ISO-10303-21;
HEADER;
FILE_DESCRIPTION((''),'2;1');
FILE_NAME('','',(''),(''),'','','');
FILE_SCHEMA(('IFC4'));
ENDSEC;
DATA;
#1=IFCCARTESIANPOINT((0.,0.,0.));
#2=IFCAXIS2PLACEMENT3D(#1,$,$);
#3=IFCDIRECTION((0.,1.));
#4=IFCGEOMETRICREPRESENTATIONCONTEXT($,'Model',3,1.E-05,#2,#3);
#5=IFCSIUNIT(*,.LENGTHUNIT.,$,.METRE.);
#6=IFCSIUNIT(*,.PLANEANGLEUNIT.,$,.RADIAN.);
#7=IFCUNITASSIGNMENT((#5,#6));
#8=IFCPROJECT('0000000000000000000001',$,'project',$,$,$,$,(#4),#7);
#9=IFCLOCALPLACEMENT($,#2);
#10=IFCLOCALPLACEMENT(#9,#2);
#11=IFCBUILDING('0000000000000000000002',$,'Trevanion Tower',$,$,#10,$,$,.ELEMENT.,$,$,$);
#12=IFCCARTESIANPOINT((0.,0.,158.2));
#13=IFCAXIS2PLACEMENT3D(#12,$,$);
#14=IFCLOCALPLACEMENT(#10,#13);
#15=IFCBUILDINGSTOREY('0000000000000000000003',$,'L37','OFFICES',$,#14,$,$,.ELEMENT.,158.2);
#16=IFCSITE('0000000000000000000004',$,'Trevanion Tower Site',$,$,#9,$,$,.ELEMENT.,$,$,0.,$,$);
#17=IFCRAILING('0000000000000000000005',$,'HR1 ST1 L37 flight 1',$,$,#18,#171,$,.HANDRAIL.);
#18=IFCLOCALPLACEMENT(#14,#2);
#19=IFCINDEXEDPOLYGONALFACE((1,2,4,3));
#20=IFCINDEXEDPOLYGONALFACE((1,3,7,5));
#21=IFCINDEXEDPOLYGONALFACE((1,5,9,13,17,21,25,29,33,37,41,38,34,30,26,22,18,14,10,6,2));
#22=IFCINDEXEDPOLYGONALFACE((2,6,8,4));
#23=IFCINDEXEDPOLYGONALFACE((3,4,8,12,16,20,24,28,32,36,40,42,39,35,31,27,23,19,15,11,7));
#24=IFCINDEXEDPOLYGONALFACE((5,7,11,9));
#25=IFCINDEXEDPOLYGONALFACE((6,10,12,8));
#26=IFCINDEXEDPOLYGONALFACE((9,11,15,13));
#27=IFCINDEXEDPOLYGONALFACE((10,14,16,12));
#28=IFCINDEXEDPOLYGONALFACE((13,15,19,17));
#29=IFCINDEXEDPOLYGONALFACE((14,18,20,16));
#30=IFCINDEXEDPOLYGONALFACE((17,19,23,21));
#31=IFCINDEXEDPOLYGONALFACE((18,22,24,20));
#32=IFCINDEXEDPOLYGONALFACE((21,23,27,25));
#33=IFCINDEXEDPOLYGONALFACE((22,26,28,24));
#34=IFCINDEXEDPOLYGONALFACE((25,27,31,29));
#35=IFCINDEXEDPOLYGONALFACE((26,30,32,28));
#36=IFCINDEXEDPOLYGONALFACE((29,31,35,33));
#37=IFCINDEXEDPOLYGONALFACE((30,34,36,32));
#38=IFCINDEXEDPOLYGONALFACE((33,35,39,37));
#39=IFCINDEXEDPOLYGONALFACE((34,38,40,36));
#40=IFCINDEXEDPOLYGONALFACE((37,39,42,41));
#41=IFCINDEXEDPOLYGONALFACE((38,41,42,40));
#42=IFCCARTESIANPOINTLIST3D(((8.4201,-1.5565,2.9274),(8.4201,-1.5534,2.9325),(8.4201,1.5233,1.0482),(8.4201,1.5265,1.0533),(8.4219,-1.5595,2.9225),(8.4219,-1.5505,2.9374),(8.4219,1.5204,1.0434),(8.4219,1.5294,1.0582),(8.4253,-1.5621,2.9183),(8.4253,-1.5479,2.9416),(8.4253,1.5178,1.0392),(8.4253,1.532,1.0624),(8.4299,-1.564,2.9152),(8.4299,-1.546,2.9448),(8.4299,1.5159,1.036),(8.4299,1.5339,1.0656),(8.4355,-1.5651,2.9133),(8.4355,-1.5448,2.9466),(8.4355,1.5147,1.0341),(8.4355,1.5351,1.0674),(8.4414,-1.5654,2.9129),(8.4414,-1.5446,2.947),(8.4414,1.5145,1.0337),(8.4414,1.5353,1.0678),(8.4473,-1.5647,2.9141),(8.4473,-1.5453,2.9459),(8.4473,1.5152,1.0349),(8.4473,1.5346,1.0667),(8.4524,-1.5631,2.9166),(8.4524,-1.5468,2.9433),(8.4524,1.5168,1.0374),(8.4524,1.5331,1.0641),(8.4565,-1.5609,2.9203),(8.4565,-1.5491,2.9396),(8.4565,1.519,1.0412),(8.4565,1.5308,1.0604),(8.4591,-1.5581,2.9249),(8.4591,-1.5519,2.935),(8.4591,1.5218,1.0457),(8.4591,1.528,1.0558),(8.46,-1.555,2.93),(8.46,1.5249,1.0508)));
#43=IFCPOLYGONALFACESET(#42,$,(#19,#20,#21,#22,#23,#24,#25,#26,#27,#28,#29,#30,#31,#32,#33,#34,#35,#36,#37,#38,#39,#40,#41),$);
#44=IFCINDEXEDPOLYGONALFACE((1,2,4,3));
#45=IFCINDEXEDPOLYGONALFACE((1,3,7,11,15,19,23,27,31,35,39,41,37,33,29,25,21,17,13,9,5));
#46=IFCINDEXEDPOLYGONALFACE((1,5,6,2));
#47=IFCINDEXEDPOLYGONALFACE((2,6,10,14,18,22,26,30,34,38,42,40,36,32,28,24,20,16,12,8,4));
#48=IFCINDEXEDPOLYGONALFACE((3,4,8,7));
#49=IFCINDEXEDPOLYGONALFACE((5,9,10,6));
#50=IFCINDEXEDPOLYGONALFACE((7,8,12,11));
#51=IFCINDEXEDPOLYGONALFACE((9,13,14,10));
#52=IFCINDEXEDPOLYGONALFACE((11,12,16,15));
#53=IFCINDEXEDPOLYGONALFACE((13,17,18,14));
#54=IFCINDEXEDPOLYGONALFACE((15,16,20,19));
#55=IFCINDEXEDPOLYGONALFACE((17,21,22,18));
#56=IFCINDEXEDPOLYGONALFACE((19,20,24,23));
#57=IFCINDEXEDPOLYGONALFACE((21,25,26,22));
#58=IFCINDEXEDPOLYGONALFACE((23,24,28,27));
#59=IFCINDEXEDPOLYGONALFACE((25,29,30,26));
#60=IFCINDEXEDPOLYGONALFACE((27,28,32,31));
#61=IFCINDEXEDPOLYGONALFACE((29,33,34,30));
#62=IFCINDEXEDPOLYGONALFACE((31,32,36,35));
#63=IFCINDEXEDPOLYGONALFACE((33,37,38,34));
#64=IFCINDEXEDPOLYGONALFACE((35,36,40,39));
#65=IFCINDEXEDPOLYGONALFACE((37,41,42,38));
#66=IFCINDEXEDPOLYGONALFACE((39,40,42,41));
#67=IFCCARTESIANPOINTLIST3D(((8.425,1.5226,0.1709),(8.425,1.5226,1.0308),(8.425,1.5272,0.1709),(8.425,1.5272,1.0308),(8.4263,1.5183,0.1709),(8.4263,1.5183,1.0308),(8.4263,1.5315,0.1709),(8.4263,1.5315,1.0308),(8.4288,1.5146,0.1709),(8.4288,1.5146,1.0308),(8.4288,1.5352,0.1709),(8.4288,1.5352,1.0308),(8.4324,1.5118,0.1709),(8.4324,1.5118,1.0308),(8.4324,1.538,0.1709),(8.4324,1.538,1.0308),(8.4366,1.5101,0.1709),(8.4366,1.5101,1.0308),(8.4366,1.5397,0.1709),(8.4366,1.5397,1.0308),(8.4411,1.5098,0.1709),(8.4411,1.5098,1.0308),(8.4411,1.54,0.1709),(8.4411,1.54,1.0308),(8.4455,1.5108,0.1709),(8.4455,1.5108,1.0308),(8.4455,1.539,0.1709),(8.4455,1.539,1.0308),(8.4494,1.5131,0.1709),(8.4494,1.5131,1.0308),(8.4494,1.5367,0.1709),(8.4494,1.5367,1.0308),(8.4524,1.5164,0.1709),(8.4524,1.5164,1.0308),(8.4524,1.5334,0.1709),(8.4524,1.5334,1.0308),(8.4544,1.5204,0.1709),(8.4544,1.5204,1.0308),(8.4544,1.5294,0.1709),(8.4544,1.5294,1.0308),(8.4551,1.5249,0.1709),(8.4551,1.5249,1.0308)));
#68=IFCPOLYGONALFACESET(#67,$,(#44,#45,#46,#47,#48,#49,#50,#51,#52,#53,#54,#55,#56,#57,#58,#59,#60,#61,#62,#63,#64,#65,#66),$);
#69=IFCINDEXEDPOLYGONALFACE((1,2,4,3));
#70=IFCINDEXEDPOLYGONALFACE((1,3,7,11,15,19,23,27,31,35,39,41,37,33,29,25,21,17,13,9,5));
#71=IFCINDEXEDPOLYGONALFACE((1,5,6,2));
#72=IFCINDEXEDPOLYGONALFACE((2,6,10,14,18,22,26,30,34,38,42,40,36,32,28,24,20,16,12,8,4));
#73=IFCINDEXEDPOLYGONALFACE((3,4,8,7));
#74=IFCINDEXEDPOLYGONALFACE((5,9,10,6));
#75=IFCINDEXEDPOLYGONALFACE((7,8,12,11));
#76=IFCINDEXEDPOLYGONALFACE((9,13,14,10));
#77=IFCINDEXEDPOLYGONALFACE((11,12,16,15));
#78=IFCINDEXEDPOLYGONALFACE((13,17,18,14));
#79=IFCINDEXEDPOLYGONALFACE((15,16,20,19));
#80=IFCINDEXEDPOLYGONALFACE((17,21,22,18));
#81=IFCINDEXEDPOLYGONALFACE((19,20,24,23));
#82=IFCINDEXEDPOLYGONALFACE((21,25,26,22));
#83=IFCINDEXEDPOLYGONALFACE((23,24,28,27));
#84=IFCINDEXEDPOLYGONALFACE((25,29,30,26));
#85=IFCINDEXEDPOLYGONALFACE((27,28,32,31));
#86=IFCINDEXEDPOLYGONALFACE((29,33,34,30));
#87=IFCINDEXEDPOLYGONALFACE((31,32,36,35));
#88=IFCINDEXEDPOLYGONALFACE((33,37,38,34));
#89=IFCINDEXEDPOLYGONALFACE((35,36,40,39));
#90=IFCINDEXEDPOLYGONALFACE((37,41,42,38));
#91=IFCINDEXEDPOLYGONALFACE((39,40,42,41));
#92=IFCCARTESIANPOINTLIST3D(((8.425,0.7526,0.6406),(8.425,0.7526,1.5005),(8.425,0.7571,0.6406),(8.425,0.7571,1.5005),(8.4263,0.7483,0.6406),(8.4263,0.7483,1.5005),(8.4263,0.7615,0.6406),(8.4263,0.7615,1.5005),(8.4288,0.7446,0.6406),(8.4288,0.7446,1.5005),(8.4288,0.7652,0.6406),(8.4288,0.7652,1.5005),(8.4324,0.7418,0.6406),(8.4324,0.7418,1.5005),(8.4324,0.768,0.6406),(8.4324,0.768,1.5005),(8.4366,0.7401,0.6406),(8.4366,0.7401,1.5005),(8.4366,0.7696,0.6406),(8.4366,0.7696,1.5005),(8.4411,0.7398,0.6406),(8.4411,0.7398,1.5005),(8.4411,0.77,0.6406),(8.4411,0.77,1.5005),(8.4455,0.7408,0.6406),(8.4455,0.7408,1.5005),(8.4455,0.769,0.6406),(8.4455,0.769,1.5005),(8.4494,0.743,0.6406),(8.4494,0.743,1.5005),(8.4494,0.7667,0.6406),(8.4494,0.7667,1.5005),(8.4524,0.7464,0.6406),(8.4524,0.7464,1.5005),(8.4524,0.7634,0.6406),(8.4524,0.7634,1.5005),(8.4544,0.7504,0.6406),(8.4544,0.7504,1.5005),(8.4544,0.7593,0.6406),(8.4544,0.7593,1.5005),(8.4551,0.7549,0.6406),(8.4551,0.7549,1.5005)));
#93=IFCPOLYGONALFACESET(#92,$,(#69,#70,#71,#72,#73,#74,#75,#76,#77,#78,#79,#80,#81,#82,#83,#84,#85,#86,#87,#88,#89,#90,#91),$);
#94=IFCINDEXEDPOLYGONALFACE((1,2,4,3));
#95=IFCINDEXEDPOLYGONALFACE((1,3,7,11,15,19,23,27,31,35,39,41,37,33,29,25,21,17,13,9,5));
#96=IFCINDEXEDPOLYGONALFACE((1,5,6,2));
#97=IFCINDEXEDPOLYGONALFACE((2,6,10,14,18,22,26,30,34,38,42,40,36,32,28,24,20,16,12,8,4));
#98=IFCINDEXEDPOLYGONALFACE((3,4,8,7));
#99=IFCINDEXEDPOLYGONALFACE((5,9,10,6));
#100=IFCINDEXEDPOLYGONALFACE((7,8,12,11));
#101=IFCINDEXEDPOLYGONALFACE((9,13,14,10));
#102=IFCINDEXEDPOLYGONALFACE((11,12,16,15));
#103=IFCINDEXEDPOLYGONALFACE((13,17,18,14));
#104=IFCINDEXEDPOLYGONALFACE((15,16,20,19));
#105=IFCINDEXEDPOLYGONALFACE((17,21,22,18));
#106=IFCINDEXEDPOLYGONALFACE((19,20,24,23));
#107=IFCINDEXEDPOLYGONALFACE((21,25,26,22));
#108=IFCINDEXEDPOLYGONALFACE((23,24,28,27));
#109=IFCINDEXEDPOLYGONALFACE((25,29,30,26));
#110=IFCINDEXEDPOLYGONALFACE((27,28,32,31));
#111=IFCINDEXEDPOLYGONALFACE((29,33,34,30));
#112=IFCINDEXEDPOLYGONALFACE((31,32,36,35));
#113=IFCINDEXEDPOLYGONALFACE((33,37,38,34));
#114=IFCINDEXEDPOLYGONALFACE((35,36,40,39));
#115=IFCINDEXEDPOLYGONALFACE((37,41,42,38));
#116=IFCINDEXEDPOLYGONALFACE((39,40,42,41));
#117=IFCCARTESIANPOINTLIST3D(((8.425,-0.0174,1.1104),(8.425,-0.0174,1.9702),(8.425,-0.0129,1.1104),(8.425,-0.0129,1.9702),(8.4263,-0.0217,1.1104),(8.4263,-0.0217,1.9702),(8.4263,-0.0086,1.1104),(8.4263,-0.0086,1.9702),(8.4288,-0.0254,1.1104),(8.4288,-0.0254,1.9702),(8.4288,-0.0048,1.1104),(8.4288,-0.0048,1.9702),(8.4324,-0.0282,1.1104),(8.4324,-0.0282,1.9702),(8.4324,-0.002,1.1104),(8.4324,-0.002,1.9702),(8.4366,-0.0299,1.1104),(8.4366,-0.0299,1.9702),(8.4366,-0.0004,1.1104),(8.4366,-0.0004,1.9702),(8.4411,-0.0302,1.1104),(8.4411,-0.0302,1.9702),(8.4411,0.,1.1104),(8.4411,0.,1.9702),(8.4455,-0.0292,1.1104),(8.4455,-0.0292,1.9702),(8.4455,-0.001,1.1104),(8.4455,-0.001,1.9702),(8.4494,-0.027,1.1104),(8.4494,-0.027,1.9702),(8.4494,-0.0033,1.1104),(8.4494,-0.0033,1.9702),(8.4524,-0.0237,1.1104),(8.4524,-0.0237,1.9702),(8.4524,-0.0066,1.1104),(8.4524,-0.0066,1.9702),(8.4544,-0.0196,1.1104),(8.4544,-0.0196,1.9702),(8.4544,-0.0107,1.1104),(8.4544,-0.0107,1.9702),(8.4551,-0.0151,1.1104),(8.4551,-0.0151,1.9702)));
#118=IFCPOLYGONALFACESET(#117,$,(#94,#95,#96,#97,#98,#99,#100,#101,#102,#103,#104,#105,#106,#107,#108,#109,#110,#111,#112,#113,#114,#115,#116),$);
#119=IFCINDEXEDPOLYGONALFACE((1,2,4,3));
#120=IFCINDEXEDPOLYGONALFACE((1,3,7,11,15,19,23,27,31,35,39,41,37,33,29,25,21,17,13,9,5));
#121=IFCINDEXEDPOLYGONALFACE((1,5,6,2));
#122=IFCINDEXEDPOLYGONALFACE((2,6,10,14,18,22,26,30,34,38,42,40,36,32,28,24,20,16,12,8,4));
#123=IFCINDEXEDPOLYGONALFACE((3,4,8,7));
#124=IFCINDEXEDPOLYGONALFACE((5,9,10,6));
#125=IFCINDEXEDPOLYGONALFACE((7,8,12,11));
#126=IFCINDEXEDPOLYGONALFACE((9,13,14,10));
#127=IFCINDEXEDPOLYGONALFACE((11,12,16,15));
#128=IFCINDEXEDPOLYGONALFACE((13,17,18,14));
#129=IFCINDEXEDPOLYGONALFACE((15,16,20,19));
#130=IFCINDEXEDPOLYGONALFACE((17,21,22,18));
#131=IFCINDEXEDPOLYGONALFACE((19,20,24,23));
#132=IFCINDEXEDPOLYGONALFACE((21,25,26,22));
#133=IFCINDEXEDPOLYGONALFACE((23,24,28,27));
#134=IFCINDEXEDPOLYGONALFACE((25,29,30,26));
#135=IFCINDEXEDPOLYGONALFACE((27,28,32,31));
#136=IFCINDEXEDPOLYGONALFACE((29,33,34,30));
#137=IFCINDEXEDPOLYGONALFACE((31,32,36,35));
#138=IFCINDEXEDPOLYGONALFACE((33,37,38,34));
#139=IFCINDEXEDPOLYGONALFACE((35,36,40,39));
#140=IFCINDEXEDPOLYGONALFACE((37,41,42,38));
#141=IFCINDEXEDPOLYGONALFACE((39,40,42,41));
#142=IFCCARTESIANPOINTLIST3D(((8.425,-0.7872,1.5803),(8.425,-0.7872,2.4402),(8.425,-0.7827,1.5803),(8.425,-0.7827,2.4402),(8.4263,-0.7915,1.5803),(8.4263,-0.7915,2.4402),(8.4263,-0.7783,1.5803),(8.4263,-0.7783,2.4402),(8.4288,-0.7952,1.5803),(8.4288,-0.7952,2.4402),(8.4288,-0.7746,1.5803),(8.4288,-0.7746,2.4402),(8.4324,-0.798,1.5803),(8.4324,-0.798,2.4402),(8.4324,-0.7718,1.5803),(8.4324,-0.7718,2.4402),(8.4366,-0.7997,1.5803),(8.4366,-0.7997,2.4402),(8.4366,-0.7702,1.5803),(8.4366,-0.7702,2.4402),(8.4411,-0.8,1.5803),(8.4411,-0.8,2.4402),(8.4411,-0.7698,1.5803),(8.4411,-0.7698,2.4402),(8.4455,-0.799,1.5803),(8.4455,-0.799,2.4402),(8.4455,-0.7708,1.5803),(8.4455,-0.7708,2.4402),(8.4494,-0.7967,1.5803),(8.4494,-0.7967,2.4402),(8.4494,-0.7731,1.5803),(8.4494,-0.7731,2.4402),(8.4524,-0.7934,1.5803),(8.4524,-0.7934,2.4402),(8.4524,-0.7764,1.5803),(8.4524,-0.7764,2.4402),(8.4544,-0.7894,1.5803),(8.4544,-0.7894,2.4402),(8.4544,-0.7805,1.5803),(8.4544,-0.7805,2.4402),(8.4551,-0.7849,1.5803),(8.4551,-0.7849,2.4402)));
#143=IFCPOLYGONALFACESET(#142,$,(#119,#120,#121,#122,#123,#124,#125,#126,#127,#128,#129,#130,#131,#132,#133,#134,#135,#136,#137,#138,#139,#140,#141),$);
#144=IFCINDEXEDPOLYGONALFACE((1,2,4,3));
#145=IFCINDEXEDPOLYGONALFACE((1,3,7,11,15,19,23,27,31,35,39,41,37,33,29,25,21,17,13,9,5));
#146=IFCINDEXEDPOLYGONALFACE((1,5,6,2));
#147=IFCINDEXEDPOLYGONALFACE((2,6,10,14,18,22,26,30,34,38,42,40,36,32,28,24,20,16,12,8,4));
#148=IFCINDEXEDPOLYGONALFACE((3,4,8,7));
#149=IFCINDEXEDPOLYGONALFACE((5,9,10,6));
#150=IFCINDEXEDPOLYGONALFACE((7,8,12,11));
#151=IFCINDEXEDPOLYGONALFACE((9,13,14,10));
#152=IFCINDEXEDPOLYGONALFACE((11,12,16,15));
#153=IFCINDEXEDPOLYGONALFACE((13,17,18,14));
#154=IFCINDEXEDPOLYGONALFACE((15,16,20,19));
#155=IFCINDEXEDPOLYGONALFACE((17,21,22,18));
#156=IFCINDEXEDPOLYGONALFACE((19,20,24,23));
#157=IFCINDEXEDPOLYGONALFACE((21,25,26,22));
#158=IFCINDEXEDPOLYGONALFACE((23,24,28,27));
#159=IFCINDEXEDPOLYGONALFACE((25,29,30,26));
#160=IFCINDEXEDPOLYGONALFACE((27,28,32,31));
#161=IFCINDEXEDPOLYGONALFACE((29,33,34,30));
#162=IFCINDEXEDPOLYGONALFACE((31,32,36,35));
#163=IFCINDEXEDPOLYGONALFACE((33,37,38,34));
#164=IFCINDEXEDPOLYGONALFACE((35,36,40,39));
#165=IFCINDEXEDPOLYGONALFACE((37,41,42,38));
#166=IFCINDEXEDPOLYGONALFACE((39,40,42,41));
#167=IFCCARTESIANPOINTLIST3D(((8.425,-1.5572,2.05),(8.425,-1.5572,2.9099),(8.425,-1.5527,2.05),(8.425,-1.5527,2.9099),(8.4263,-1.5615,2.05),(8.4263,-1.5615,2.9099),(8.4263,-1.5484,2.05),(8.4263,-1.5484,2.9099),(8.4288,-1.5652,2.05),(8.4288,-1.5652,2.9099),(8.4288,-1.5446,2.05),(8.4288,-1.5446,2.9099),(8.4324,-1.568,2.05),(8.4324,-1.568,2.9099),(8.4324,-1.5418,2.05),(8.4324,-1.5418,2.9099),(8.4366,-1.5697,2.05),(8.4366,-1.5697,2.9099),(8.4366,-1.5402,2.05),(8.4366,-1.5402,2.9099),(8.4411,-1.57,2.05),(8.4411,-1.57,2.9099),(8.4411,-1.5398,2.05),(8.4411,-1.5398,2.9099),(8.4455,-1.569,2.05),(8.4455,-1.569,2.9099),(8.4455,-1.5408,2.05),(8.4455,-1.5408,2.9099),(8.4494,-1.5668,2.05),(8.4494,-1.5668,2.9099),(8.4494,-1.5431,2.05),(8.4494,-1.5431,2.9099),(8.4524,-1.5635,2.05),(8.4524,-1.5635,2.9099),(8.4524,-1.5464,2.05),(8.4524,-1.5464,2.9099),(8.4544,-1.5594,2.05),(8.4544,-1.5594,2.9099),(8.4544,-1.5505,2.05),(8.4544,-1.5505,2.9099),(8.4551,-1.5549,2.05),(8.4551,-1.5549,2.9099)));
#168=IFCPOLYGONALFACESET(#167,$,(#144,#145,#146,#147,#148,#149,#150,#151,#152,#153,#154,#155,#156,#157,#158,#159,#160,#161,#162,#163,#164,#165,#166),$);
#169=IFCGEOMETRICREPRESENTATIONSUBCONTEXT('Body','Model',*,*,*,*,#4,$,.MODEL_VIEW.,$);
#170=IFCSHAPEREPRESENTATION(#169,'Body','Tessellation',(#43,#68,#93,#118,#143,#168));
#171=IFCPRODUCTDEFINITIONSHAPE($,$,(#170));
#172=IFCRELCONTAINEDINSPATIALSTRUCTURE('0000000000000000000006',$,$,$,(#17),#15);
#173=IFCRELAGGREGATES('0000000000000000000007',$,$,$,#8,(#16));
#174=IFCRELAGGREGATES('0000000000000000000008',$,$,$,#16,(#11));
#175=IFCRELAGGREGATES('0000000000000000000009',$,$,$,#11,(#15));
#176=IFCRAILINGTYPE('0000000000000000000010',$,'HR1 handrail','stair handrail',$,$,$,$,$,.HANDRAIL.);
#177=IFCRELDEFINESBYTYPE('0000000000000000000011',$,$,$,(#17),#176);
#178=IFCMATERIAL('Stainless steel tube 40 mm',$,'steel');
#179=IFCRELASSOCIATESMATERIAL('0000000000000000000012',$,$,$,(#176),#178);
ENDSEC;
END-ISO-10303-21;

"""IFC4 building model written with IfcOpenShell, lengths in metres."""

from ifc_helpers import new_model, si_unit, direction, frame, origin, origin_2d, place, context, subcontext, project, spatial, circle, extrude, material, type_object, element, save


model = new_model("IFC4")

# Units and contexts
model_context = context("Model", 3, precision=1e-05, world=origin(), true_north=direction((0.0, 1.0)))
body_context = subcontext(model_context, "Body", "Model", "MODEL_VIEW")
ifc_project = project(units=[si_unit("LENGTHUNIT", "METRE"), si_unit("PLANEANGLEUNIT", "RADIAN")], contexts=[model_context])

# Site, building, storey
site_placement = place(None, origin())
site = spatial("IfcSite", under=ifc_project, at=site_placement, Name="Trevanion Tower Site", CompositionType="ELEMENT", RefElevation=0.0)
building_placement = place(site_placement, origin())
building = spatial("IfcBuilding", under=site, at=building_placement, Name="Trevanion Tower", CompositionType="ELEMENT")
storey_placement = place(building_placement, frame((0.0, 0.0, 158.2)))
storey = spatial("IfcBuildingStorey", under=building, at=storey_placement, Name="L37", Description="OFFICES", CompositionType="ELEMENT", Elevation=158.2)

# Railing
ifc_material_1 = material(Name="Stainless steel tube 40 mm", Category="steel")
railing_type = type_object("IfcRailingType", Name="HR1 handrail", Description="stair handrail", PredefinedType="HANDRAIL", material=ifc_material_1)
for number, where, name in (
    (1, (8.4399, 1.5249, 0.1709), "HR1 ST1 L37 flight 1"),
):
    element("IfcRailing", number, at=place(storey_placement, frame(where)), inside=storey, type_object=railing_type, Name=name, PredefinedType="HANDRAIL", context=body_context, shape_type="SweptSolid", body=[
        extrude(circle(Radius=0.02, at=origin_2d()), frame((0.0, 0.0, 0.8799), z_axis=(0.0, -0.853648, 0.52085), x_axis=(1.0, 0.0, 0.0)), (0.0, 0.0, 1.0), 3.6079),
        extrude(circle(Radius=0.0151, at=origin_2d()), origin(), (0.0, 0.0, 1.0), 0.8599),
        extrude(circle(Radius=0.0151, at=origin_2d()), frame((0.0, -0.77, 0.4697)), (0.0, 0.0, 1.0), 0.8599),
        extrude(circle(Radius=0.0151, at=origin_2d()), frame((0.0, -1.54, 0.9395)), (0.0, 0.0, 1.0), 0.8599),
        extrude(circle(Radius=0.0151, at=origin_2d()), frame((0.0, -2.3098, 1.4094)), (0.0, 0.0, 1.0), 0.8599),
        extrude(circle(Radius=0.0151, at=origin_2d()), frame((0.0, -3.0798, 1.8792)), (0.0, 0.0, 1.0), 0.8599),
    ])

save(model, "model.ifc")
